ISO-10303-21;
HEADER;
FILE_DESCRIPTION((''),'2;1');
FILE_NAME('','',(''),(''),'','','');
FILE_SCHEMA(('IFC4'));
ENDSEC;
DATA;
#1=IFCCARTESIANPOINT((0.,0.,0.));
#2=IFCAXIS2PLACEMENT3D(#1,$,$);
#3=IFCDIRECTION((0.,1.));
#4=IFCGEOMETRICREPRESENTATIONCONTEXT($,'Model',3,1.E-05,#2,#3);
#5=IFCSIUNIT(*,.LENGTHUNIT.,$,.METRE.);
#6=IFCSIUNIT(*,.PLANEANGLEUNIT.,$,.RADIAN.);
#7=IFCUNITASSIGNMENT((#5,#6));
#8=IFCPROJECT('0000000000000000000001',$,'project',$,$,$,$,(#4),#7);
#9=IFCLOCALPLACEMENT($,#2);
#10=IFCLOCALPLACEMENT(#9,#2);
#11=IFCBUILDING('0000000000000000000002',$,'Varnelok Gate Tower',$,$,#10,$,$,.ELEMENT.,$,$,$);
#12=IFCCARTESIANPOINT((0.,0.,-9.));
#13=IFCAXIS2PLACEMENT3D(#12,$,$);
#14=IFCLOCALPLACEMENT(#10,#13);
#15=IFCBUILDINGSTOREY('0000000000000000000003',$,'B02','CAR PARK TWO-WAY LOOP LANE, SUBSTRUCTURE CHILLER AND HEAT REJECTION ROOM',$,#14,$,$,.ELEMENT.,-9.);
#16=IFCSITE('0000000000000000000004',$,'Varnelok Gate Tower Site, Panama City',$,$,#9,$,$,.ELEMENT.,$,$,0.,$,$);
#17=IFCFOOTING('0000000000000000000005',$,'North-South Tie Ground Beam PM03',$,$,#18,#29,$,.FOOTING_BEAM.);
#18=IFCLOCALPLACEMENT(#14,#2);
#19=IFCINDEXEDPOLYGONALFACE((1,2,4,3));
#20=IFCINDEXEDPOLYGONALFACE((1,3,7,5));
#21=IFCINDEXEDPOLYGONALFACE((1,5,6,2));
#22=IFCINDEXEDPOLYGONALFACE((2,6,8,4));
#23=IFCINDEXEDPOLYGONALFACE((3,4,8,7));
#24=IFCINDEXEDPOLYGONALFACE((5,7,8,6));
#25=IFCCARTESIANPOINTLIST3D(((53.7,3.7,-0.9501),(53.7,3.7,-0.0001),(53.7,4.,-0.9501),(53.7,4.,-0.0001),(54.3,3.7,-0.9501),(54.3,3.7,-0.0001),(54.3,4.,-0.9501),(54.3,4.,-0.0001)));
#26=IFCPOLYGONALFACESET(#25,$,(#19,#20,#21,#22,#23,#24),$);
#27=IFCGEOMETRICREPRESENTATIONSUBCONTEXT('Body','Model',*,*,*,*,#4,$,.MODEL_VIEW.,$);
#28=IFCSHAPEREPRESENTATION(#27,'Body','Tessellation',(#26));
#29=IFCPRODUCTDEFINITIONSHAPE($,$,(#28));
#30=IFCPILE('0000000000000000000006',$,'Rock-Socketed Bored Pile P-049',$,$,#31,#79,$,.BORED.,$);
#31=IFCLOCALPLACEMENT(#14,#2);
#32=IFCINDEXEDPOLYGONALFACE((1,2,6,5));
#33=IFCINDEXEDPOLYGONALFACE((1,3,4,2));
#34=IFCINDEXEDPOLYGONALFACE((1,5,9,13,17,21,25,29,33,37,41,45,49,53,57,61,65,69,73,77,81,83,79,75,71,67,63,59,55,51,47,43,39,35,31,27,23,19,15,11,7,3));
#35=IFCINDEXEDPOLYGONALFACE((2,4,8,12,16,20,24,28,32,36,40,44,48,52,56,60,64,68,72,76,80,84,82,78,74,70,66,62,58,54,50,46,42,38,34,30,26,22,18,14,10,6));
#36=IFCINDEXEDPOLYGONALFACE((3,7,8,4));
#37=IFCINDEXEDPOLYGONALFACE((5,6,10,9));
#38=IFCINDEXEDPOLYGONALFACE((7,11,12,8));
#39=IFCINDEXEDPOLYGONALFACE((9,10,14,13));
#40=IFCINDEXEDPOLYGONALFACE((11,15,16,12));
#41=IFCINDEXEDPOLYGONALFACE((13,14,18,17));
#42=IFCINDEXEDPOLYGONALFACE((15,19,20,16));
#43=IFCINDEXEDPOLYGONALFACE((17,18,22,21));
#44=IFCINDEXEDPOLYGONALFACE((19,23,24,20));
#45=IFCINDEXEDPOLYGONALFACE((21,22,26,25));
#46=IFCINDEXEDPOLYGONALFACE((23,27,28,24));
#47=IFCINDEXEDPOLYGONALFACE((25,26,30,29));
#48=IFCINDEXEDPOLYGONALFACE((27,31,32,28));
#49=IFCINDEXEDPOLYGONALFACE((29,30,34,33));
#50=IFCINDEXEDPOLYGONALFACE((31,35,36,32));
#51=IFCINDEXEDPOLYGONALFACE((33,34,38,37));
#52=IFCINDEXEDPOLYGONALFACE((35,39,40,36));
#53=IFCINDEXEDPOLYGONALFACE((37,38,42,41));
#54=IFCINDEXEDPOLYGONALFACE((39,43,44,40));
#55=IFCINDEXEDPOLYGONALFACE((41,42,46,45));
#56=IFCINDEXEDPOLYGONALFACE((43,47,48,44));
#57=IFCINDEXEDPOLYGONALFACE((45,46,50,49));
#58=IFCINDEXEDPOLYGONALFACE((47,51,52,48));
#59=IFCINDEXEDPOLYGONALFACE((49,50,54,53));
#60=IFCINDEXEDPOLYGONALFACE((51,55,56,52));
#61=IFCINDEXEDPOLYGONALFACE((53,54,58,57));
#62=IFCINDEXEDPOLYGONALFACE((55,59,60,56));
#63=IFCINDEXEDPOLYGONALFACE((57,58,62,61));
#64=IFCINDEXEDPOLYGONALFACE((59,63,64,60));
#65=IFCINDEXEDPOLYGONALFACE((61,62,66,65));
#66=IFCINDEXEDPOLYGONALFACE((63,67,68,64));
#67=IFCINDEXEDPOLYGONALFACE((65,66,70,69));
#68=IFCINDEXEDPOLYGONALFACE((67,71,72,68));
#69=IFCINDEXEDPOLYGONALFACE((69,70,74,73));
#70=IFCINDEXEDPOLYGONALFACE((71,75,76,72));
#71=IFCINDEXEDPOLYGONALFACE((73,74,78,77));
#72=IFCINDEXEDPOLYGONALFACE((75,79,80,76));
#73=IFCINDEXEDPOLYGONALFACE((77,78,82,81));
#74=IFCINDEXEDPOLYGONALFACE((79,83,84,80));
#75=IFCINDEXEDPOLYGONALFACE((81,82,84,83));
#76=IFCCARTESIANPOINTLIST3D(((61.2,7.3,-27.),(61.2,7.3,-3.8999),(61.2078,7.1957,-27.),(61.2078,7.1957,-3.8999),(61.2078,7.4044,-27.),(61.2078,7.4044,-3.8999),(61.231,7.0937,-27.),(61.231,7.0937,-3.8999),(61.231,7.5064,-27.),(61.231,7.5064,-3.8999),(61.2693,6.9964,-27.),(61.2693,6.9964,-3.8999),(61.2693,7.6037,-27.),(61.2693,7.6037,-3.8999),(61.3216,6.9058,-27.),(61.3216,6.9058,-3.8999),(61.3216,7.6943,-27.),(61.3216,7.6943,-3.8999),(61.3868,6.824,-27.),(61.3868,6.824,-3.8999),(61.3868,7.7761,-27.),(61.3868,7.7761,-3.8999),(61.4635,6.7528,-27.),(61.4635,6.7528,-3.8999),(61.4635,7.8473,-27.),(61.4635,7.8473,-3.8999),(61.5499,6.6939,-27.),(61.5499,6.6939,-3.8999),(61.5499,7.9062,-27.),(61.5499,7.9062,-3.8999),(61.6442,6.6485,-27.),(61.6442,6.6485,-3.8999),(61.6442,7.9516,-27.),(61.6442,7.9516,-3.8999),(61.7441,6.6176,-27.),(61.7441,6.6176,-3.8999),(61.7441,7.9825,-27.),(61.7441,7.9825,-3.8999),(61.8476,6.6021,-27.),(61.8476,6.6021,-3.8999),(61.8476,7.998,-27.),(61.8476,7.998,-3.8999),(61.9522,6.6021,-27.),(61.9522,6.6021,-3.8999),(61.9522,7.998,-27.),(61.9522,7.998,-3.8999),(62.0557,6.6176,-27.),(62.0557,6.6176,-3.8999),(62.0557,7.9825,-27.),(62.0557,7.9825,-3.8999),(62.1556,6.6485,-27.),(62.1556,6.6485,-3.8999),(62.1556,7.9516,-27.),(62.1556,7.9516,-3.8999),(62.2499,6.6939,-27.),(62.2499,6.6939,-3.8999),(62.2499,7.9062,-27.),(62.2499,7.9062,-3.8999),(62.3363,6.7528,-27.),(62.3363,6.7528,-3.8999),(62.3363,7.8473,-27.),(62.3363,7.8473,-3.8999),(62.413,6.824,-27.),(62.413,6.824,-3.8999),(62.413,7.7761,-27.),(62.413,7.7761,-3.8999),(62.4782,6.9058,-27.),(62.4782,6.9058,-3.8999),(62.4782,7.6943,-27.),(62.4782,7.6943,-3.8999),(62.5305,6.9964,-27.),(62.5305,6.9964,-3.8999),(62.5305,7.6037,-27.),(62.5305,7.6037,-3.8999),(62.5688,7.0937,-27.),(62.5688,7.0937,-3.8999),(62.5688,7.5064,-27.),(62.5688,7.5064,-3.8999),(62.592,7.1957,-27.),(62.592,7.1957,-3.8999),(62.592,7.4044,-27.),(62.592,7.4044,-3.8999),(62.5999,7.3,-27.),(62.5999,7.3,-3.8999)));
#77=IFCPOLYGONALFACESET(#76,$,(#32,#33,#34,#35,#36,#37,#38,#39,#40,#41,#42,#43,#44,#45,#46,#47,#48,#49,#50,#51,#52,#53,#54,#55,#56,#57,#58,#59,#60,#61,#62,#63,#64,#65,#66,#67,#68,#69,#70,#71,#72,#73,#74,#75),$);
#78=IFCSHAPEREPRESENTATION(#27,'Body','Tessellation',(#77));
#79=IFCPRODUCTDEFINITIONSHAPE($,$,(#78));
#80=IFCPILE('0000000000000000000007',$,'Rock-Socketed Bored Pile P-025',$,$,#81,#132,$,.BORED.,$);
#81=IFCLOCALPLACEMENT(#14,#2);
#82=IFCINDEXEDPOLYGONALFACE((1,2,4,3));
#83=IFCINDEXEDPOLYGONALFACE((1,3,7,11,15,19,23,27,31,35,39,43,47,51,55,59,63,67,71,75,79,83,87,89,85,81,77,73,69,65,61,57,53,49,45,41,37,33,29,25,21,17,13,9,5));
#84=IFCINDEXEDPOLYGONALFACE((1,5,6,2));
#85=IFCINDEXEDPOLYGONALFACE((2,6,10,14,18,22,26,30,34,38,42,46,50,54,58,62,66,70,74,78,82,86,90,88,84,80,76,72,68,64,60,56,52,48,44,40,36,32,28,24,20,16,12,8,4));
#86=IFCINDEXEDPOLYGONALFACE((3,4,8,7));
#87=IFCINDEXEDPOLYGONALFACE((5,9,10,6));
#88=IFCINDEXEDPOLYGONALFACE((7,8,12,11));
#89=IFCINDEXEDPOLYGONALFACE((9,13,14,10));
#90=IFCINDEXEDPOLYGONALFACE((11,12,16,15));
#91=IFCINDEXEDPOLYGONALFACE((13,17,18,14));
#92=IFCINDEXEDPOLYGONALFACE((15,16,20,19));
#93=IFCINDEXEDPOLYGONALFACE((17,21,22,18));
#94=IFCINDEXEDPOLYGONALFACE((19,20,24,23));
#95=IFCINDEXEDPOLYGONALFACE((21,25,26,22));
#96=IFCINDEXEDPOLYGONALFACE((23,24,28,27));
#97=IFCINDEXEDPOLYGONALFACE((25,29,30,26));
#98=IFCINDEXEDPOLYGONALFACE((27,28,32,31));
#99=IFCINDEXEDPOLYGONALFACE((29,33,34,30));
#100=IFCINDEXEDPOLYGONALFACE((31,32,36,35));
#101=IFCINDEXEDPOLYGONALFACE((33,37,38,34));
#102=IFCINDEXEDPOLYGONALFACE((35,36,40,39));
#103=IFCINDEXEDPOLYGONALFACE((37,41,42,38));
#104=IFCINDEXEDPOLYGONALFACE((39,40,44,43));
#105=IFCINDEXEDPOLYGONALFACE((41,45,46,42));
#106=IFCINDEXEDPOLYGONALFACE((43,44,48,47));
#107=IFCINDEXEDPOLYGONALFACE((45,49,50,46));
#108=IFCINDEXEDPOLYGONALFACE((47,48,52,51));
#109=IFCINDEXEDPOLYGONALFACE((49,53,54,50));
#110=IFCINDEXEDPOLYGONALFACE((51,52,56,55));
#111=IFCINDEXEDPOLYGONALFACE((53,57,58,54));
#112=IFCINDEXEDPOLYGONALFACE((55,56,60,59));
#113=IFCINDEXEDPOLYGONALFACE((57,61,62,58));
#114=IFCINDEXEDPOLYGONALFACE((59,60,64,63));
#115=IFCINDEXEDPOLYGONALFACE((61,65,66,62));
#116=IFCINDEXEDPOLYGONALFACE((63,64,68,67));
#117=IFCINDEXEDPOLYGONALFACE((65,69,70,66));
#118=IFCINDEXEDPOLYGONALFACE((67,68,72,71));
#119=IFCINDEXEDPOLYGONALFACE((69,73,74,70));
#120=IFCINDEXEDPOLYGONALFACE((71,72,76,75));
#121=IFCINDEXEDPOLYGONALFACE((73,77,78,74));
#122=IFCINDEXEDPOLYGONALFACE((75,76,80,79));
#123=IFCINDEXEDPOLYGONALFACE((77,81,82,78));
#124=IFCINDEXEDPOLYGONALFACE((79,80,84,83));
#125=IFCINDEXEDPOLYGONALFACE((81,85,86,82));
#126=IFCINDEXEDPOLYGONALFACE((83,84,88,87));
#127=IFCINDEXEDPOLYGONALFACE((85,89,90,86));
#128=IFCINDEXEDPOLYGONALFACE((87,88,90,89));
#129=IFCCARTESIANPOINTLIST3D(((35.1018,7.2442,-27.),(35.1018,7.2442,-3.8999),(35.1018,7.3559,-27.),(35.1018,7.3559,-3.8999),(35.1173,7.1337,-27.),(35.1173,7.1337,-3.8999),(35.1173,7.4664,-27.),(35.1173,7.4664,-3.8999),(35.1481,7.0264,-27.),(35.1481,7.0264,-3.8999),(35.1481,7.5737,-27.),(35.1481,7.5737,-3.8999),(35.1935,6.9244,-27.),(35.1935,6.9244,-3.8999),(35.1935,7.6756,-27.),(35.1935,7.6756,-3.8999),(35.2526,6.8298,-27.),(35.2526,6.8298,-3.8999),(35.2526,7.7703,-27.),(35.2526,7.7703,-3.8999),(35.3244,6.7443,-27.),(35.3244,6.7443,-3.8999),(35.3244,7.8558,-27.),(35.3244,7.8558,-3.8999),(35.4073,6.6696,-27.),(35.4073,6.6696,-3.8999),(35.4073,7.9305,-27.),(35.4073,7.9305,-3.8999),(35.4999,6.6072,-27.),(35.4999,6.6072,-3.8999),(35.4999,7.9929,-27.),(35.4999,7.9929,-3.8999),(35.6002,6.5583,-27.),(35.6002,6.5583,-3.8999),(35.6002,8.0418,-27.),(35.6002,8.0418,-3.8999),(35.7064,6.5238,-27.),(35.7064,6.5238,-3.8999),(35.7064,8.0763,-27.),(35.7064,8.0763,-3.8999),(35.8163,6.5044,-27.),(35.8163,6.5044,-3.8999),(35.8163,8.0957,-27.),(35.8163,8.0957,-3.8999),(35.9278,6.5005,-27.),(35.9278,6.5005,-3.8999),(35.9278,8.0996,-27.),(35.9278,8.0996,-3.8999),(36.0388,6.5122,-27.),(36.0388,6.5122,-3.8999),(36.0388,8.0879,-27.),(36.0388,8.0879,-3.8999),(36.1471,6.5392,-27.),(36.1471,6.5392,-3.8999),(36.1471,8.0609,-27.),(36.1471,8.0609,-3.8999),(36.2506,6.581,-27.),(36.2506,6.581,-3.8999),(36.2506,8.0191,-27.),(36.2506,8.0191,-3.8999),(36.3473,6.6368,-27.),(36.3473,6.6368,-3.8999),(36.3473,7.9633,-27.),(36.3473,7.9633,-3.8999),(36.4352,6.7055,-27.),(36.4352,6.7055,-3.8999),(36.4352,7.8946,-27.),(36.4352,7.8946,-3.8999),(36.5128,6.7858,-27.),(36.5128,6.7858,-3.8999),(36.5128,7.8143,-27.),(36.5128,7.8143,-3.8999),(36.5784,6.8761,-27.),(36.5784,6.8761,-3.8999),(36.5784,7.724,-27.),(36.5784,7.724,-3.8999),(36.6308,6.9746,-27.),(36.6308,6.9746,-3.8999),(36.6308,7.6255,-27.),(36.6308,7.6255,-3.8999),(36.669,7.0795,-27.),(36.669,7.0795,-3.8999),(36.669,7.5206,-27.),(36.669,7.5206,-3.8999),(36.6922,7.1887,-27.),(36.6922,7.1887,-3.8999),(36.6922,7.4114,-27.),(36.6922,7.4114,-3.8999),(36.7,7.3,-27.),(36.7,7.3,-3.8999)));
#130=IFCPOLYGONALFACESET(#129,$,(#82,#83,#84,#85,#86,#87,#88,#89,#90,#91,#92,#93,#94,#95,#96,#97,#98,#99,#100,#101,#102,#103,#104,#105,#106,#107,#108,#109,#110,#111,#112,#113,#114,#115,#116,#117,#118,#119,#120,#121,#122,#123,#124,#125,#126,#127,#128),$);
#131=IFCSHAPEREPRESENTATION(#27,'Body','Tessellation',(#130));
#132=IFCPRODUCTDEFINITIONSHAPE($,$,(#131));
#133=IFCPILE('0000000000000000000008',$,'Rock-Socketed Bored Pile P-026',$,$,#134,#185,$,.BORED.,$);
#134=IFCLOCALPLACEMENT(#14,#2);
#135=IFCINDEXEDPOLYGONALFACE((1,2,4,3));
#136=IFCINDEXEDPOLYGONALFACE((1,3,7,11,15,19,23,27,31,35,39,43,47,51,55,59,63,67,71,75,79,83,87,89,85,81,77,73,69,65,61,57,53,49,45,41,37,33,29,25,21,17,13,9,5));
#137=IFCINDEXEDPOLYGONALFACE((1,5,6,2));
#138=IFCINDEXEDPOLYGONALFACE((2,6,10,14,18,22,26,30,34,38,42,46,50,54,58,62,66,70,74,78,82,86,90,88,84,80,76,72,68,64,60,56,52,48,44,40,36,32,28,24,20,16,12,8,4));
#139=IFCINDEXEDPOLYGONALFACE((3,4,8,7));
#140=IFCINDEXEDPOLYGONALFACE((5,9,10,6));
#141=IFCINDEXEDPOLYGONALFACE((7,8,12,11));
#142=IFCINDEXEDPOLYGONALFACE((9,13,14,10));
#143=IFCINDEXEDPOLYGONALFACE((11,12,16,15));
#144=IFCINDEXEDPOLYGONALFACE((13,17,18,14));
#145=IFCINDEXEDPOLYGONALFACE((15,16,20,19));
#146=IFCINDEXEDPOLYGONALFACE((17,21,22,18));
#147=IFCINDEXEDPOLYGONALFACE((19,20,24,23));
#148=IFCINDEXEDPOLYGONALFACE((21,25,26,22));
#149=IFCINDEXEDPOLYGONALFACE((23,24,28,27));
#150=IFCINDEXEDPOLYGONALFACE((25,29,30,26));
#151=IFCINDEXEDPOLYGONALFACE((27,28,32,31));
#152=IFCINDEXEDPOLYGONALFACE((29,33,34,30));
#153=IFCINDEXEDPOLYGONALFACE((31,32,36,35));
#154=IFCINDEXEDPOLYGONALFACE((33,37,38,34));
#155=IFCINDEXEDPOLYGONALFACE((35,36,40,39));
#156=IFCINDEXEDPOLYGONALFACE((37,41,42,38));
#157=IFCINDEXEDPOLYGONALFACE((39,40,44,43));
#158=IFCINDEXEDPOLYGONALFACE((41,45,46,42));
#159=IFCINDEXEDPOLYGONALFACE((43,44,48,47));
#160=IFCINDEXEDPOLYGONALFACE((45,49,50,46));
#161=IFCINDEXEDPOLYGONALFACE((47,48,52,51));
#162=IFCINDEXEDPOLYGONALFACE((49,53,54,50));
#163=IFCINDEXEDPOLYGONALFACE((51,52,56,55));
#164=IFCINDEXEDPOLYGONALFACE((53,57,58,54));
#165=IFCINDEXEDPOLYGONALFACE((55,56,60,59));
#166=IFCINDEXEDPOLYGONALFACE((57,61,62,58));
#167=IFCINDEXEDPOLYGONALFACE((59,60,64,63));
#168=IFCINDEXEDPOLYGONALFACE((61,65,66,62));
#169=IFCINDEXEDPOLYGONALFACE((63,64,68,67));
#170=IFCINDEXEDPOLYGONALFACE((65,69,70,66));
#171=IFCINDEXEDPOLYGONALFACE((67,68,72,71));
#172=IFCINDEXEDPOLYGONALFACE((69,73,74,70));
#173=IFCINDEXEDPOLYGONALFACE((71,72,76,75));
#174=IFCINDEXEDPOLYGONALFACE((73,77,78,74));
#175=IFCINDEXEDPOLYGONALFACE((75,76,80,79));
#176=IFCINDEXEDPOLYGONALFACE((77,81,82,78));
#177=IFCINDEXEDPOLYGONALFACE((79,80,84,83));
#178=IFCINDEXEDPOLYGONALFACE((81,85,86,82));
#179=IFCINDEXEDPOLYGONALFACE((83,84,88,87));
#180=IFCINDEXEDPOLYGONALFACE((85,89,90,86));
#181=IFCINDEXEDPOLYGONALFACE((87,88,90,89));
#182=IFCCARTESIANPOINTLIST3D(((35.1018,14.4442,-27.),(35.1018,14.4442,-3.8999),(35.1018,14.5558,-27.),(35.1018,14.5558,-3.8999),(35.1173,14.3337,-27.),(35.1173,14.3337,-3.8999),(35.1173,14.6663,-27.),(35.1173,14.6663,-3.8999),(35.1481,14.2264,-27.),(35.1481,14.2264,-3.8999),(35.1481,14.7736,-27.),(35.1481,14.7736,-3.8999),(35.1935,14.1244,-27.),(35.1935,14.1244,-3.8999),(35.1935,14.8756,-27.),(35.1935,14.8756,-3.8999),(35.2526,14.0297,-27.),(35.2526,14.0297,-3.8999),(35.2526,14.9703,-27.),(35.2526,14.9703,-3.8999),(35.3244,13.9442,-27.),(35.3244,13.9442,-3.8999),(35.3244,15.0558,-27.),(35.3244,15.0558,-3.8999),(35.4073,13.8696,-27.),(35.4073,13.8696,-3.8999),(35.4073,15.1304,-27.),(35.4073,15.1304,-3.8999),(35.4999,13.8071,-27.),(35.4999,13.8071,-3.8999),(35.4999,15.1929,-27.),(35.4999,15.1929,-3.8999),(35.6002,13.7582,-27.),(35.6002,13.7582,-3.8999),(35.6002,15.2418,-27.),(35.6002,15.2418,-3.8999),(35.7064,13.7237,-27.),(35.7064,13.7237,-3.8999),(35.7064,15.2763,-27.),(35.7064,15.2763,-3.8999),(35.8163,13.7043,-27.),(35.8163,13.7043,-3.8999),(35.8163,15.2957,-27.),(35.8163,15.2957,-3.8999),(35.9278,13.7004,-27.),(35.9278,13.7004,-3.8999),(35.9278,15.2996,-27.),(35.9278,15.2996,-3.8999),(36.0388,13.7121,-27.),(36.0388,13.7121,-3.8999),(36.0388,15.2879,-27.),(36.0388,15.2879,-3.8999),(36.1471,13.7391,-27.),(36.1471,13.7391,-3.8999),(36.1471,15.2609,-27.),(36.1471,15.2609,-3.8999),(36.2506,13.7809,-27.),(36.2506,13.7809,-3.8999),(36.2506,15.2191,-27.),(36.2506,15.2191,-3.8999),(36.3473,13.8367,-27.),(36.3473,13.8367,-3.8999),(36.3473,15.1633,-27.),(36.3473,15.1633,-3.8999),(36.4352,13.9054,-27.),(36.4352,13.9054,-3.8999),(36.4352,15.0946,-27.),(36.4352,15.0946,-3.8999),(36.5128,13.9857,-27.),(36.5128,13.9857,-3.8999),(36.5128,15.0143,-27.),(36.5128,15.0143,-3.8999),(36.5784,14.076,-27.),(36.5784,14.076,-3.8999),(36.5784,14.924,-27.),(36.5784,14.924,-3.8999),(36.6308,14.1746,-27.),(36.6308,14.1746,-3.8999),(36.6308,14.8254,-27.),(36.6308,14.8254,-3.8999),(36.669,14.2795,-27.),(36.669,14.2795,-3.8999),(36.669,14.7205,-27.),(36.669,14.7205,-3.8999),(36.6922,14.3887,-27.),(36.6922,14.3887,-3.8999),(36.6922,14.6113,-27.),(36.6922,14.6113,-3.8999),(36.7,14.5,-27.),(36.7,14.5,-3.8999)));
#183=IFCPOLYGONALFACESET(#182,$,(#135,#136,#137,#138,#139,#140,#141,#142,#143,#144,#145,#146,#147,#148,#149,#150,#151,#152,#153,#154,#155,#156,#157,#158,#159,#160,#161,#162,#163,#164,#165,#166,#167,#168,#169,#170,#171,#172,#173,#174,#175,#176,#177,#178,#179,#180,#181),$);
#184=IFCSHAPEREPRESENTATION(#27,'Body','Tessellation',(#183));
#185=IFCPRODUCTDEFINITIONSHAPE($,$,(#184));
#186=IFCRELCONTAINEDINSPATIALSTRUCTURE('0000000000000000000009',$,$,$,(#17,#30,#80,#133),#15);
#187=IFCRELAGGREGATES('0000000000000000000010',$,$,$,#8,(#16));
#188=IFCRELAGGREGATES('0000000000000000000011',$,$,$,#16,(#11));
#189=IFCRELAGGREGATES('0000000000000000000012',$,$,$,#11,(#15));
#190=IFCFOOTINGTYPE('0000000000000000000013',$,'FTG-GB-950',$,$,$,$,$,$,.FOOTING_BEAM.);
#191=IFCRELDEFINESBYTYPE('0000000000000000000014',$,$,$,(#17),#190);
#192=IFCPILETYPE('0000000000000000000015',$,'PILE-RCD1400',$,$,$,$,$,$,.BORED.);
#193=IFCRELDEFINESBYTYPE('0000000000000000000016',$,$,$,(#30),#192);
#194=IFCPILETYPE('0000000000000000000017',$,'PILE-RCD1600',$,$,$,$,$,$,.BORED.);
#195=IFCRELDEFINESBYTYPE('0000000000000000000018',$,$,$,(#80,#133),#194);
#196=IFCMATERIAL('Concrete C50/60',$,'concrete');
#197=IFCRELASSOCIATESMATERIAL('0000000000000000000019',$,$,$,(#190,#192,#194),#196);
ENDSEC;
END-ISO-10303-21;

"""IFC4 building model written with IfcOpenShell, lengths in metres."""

from ifc_helpers import new_model, si_unit, direction, frame, origin, origin_2d, place, context, subcontext, project, spatial, rectangle, circle, extrude, material, material_profile, profile_set, type_object, element, save


model = new_model("IFC4")

# Units and contexts
model_context = context("Model", 3, precision=1e-05, world=origin(), true_north=direction((0.0, 1.0)))
body_context = subcontext(model_context, "Body", "Model", "MODEL_VIEW")
ifc_project = project(units=[si_unit("LENGTHUNIT", "METRE"), si_unit("PLANEANGLEUNIT", "RADIAN")], contexts=[model_context])

# Site, building, storey
site_placement = place(None, origin())
site = spatial("IfcSite", under=ifc_project, at=site_placement, Name="Varnelok Gate Tower Site, Panama City", CompositionType="ELEMENT", RefElevation=0.0)
building_placement = place(site_placement, origin())
building = spatial("IfcBuilding", under=site, at=building_placement, Name="Varnelok Gate Tower", CompositionType="ELEMENT")
storey_placement = place(building_placement, frame((0.0, 0.0, -9.0)))
storey = spatial("IfcBuildingStorey", under=building, at=storey_placement, Name="B02", Description="CAR PARK TWO-WAY LOOP LANE, SUBSTRUCTURE CHILLER AND HEAT REJECTION ROOM", CompositionType="ELEMENT", Elevation=-9.0)

# Footing
ifc_material_1 = material(Name="Concrete C50/60", Category="concrete")
ifc_material_profile_1 = material_profile(ifc_material_1, rectangle(XDim=0.6001, YDim=0.95, at=origin_2d()), Name="RC950X600")
ifc_profile_set_1 = profile_set([ifc_material_profile_1], Name="Concrete C50/60")
footing_type_1 = type_object("IfcFootingType", Name="FTG-GB-950", PredefinedType="FOOTING_BEAM", material=ifc_profile_set_1)
footing_1_placement = place(storey_placement, frame((54.0, 3.7, -0.4751), z_axis=(0.0, 1.0, 0.0), x_axis=(-1.0, 0.0, 0.0)))
element("IfcFooting", 1, at=footing_1_placement, inside=storey, type_object=footing_type_1, Name="North-South Tie Ground Beam PM03", PredefinedType="FOOTING_BEAM", context=body_context, shape_type="SweptSolid", body=[
    extrude(rectangle(XDim=0.6001, YDim=0.95, at=origin_2d()), origin(), (0.0, 0.0, 1.0), 0.3),
])

# Piles
ifc_material_profile_2 = material_profile(ifc_material_1, circle(Radius=0.7, at=origin_2d()), Name="RCD1400")
ifc_profile_set_2 = profile_set([ifc_material_profile_2], Name="Concrete C50/60")
pile_type_1 = type_object("IfcPileType", Name="PILE-RCD1400", PredefinedType="BORED", material=ifc_profile_set_2)
pile_placement = place(storey_placement, frame((61.8999, 7.3, -3.8999), z_axis=(0.0, 0.0, -1.0), x_axis=(1.0, 0.0, 0.0)))
element("IfcPile", 2, at=pile_placement, inside=storey, type_object=pile_type_1, Name="Rock-Socketed Bored Pile P-049", PredefinedType="BORED", context=body_context, shape_type="SweptSolid", body=[
    extrude(circle(Radius=0.7, at=origin_2d()), origin(), (0.0, 0.0, 1.0), 23.1001),
])
ifc_material_profile_3 = material_profile(ifc_material_1, circle(Radius=0.8, at=origin_2d()), Name="RCD1600")
ifc_profile_set_3 = profile_set([ifc_material_profile_3], Name="Concrete C50/60")
pile_type_2 = type_object("IfcPileType", Name="PILE-RCD1600", PredefinedType="BORED", material=ifc_profile_set_3)
for number, where, z_axis, x_axis, name in (
    (3, (35.8999, 7.3, -3.8999), (0.0, 0.0, -1.0), (1.0, 0.0, 0.0), "Rock-Socketed Bored Pile P-025"),
    (4, (35.8999, 14.5, -3.8999), (0.0, 0.0, -1.0), (1.0, 0.0, 0.0), "Rock-Socketed Bored Pile P-026"),
):
    element("IfcPile", number, at=place(storey_placement, frame(where, z_axis=z_axis, x_axis=x_axis)), inside=storey, type_object=pile_type_2, Name=name, PredefinedType="BORED", context=body_context, shape_type="SweptSolid", body=[
        extrude(circle(Radius=0.8, at=origin_2d()), origin(), (0.0, 0.0, 1.0), 23.1001),
    ])

save(model, "model.ifc")
